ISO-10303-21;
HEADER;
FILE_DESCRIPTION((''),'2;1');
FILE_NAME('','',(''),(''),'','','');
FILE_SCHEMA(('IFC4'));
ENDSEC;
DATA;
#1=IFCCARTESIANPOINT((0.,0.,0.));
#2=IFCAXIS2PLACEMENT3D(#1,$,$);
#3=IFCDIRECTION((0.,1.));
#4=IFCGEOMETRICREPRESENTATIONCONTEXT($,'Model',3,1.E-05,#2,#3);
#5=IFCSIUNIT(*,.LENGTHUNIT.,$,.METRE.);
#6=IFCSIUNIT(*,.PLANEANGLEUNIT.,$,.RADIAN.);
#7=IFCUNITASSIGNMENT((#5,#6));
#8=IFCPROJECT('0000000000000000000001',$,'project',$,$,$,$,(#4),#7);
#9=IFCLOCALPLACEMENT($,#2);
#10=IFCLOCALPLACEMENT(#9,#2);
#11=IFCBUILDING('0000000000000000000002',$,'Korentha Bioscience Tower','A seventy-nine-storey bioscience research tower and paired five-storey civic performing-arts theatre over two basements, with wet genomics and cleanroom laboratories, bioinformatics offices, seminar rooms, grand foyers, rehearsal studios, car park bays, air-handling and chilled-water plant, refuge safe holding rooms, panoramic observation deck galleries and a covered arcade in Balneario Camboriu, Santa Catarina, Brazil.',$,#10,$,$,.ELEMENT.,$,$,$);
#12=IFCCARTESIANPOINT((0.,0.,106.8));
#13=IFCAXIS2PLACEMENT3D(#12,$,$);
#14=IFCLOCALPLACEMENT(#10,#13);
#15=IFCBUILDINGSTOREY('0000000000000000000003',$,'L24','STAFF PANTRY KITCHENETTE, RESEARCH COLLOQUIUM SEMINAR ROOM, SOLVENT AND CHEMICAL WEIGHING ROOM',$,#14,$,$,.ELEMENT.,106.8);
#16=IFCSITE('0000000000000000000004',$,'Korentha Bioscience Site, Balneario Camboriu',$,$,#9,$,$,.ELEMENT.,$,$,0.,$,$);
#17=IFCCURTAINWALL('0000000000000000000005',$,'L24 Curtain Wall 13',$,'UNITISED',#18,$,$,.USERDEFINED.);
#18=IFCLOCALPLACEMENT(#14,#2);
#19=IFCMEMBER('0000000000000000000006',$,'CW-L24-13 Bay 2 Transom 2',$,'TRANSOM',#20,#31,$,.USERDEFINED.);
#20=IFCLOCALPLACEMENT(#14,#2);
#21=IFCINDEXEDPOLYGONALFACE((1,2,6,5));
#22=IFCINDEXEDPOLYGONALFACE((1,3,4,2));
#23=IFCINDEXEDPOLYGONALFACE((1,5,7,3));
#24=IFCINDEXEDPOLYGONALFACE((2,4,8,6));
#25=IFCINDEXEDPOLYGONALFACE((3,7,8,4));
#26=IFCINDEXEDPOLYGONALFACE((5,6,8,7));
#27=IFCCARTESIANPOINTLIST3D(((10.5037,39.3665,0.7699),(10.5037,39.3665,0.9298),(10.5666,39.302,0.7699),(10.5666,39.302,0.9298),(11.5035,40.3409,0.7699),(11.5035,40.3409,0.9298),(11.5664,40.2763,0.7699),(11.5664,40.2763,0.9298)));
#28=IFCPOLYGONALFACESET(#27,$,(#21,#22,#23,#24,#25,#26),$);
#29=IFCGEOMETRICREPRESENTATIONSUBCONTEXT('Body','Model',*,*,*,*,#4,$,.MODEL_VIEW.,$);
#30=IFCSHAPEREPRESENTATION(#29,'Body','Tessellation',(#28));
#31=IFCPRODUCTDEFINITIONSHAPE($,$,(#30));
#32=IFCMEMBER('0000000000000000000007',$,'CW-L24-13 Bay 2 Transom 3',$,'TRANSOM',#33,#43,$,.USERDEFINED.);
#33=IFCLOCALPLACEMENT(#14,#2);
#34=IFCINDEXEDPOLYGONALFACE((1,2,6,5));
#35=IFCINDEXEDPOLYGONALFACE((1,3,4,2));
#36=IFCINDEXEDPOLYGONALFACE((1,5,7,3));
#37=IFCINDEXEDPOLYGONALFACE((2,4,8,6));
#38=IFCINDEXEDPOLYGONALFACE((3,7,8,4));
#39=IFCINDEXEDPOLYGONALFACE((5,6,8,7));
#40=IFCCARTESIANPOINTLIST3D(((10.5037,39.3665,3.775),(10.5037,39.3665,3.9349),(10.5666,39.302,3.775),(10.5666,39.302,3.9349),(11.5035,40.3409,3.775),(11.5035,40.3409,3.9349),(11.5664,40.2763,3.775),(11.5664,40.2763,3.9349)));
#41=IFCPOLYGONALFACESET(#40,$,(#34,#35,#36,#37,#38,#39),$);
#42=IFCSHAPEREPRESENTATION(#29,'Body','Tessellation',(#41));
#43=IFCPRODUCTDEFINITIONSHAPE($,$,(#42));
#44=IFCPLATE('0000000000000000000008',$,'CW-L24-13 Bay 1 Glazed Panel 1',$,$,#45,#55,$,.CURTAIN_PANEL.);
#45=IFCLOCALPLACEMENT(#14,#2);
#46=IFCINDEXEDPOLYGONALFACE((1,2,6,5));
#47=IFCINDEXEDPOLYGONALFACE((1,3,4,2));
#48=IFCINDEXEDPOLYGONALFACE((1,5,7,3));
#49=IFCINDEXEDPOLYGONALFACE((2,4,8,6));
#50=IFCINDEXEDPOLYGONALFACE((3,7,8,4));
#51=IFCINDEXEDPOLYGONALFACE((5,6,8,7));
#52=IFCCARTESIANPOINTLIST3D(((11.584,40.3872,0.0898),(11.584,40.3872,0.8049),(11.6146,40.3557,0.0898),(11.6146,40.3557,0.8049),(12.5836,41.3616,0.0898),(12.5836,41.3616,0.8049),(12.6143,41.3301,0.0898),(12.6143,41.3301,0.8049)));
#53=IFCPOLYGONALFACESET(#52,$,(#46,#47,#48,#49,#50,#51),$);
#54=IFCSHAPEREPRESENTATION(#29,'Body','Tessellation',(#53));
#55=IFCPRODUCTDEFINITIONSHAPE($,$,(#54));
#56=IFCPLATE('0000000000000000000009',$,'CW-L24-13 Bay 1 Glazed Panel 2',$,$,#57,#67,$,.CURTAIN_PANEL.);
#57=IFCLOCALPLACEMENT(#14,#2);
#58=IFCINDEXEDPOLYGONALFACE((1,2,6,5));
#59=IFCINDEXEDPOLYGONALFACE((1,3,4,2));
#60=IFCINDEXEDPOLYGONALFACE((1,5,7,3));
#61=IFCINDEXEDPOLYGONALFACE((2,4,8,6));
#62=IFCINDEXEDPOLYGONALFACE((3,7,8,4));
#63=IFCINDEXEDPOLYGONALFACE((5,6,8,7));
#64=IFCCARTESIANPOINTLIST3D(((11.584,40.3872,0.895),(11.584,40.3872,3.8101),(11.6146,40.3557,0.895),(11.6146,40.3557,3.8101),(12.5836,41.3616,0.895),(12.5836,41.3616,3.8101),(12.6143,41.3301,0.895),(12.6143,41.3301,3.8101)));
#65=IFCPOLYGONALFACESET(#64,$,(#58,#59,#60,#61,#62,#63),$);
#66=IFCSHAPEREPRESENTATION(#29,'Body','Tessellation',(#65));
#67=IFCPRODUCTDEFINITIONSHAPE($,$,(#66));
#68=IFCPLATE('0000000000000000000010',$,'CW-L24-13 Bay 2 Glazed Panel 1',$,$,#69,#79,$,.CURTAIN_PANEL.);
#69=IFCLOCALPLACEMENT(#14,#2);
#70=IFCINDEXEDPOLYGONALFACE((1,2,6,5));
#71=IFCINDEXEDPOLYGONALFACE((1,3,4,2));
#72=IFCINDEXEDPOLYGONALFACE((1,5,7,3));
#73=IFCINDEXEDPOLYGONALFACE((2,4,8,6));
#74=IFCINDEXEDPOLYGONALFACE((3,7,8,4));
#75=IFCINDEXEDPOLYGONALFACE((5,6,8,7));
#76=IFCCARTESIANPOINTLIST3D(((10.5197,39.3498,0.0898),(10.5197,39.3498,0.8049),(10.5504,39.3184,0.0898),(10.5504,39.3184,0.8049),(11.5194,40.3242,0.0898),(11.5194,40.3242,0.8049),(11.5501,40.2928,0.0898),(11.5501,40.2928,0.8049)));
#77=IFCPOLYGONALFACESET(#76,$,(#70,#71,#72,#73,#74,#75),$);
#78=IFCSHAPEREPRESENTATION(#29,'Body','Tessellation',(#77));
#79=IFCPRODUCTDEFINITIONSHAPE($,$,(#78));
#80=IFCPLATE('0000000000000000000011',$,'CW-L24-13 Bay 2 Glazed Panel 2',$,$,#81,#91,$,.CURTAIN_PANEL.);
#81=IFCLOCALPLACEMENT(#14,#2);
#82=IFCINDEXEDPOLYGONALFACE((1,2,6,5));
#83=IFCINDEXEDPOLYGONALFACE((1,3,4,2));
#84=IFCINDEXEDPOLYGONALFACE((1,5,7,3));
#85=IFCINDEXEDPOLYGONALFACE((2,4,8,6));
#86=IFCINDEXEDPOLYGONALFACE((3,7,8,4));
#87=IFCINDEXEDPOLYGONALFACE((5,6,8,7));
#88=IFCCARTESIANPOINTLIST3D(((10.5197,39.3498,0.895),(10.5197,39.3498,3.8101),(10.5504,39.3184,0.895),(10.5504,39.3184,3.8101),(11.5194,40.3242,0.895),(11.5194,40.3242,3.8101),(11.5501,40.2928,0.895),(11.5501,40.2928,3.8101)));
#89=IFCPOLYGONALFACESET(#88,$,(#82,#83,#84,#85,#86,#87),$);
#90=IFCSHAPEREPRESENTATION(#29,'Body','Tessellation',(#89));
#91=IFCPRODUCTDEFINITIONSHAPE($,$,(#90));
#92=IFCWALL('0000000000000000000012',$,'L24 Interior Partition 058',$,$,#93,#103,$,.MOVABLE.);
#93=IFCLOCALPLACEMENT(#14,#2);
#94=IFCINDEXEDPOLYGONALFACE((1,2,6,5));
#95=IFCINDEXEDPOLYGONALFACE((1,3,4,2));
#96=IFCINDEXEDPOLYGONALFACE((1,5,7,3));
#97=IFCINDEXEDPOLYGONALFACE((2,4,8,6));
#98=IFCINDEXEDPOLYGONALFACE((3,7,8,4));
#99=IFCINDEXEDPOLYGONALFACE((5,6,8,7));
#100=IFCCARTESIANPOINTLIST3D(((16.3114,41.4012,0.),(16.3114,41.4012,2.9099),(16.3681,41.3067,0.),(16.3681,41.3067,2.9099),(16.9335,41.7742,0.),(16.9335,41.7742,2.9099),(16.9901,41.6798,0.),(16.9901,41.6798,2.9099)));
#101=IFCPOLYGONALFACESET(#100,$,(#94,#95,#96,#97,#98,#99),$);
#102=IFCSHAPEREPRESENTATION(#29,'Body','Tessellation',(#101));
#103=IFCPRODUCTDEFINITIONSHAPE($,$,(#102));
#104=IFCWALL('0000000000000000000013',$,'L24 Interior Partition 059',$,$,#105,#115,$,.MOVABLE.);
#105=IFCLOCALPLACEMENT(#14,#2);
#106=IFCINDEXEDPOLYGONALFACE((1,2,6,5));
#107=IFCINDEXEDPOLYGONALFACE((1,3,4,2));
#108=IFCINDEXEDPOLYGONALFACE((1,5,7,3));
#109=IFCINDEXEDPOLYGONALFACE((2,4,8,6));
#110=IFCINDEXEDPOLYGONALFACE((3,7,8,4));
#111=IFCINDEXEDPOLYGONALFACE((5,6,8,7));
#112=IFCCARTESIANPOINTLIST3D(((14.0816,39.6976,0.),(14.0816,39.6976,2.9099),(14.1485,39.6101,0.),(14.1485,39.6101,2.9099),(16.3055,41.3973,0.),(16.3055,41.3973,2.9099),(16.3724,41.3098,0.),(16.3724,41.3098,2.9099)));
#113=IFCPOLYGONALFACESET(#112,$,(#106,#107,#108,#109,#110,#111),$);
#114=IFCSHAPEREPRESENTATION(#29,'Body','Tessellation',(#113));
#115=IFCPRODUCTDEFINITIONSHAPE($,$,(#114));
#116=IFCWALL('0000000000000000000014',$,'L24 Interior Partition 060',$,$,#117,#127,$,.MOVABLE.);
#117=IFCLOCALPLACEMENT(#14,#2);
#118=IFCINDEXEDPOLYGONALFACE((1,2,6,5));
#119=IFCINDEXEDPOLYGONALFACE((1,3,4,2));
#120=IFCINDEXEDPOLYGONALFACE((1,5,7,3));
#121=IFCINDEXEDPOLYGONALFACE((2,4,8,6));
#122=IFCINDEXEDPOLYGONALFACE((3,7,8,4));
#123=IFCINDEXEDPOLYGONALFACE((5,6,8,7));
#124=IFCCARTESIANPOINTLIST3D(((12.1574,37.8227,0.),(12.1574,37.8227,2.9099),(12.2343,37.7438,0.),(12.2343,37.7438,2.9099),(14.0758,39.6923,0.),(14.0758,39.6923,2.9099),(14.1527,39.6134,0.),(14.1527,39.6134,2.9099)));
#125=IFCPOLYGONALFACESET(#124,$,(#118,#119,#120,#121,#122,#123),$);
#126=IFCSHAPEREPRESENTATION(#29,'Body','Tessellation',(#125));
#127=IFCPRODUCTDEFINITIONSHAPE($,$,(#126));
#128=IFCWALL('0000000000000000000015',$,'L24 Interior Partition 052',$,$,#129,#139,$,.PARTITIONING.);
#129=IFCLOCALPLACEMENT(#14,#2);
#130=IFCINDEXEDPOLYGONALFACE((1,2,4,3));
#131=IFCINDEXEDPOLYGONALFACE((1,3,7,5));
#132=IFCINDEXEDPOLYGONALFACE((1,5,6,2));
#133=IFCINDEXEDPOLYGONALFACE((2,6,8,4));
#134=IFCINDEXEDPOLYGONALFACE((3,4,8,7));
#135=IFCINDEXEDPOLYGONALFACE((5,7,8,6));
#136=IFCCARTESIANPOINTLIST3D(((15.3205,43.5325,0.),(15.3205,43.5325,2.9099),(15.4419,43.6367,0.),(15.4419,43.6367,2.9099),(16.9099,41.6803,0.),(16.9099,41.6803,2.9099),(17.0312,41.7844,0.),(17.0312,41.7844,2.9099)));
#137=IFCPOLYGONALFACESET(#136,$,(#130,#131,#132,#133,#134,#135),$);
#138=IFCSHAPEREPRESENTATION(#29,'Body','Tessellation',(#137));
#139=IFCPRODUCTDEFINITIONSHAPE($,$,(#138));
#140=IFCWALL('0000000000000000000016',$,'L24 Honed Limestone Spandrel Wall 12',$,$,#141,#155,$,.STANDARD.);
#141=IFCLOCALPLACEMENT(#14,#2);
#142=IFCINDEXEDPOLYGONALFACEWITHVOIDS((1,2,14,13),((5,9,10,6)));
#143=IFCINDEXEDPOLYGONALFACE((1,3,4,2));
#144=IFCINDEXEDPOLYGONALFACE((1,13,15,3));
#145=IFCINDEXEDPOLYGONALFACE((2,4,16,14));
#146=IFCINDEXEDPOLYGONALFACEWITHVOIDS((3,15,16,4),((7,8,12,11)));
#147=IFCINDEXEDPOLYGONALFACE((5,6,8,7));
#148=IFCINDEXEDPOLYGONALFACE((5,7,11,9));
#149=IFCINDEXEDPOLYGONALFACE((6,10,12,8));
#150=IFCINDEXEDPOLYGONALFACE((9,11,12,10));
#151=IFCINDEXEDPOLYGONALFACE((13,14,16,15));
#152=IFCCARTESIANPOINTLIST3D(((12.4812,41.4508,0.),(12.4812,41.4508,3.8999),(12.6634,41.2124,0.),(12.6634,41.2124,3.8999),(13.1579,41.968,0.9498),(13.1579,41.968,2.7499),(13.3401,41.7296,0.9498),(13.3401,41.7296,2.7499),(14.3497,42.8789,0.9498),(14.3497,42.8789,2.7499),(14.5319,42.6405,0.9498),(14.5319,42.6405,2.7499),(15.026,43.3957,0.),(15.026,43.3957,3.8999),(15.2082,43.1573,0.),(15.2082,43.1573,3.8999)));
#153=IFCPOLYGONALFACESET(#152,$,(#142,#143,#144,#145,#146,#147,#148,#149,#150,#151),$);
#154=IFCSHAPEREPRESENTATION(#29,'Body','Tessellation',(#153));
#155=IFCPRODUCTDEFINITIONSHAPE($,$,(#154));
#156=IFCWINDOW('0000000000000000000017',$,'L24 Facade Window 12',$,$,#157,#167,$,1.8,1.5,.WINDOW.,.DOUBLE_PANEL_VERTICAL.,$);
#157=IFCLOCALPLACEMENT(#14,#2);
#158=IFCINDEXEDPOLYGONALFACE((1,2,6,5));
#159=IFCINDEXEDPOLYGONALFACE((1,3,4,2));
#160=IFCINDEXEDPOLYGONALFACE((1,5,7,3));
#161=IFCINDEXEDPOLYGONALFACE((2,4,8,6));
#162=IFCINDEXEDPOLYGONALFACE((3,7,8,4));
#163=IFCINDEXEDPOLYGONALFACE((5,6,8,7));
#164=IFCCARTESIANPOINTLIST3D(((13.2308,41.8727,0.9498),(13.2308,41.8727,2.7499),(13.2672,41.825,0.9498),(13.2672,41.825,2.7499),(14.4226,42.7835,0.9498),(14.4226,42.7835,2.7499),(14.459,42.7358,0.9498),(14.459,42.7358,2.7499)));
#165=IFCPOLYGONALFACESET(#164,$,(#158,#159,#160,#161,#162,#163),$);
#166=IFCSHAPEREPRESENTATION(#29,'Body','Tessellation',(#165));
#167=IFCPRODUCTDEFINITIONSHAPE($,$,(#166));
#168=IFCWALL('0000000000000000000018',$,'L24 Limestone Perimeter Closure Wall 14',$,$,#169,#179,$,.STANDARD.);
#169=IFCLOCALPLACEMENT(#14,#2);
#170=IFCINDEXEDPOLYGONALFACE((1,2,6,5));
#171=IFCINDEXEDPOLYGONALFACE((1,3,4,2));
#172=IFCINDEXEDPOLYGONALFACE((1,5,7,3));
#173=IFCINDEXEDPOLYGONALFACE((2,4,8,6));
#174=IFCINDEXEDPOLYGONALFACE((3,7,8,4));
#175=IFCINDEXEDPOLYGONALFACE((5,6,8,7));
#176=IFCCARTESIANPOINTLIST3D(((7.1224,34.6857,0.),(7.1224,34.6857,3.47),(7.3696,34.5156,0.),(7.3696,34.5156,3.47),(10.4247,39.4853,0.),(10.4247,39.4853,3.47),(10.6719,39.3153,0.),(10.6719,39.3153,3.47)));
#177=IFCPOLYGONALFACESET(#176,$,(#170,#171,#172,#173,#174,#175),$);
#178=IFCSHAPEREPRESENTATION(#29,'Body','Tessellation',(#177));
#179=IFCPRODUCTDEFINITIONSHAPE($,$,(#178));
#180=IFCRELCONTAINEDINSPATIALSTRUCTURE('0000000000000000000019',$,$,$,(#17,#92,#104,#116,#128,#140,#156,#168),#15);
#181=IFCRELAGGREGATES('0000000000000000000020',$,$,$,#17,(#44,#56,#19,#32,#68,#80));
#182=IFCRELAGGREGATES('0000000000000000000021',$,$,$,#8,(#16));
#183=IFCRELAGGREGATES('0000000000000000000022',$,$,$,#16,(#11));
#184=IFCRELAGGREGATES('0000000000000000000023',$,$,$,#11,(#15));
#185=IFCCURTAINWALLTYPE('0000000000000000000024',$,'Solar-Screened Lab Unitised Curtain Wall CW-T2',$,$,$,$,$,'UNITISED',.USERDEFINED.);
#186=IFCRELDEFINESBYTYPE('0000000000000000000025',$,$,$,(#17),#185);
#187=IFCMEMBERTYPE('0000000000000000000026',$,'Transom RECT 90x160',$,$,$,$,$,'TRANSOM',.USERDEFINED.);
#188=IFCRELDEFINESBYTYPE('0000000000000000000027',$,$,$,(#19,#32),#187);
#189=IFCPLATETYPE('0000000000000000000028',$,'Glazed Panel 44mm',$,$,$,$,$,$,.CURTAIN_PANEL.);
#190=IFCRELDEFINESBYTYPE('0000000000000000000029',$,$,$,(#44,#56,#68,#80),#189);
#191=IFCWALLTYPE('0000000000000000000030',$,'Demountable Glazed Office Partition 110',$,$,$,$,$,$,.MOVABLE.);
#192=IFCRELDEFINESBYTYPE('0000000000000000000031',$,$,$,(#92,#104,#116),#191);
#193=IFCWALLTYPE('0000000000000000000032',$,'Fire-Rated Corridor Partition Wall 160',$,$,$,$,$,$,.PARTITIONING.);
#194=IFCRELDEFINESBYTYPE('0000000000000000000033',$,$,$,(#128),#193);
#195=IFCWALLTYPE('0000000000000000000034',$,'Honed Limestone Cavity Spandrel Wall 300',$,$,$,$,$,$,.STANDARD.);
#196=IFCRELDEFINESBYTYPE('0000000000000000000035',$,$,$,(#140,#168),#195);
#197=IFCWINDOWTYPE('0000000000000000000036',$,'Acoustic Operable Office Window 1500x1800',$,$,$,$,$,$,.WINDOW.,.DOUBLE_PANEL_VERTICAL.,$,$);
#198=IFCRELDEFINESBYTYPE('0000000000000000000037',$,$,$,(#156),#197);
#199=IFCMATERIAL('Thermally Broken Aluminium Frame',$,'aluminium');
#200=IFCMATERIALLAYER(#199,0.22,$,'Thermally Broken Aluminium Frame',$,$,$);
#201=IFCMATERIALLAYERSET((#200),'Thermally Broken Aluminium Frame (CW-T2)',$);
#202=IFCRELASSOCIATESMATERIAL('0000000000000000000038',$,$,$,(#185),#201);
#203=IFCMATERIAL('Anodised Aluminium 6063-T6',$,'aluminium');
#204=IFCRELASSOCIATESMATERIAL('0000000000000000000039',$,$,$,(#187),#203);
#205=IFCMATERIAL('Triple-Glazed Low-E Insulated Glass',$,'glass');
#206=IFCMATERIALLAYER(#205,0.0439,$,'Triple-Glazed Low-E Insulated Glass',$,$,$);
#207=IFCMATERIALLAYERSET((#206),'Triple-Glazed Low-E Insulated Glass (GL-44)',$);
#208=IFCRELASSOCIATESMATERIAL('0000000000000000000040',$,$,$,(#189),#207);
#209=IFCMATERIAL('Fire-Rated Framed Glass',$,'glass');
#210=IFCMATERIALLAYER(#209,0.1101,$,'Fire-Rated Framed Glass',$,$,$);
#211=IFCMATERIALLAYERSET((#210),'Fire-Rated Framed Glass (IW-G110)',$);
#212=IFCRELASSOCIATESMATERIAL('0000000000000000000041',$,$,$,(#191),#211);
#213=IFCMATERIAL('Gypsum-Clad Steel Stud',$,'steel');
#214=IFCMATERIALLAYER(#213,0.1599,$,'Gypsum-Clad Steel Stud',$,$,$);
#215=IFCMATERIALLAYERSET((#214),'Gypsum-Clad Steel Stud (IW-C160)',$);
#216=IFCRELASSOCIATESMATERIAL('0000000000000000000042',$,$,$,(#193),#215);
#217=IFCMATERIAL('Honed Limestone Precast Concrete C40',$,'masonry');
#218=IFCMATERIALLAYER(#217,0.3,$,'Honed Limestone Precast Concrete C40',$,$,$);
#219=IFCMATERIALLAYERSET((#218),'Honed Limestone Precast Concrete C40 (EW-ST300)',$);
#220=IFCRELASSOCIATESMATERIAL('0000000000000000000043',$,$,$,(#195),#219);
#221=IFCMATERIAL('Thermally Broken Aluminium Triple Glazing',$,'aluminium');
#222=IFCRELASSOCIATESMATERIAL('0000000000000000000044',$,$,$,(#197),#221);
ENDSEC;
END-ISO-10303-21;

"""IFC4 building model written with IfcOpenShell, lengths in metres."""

from ifc_helpers import new_model, si_unit, direction, frame, frame_2d, origin, origin_2d, place, context, subcontext, project, spatial, rectangle, extrude, material, layer, layer_set, material_profile, profile_set, type_object, element, fill, aggregate, save


model = new_model("IFC4")

# Units and contexts
model_context = context("Model", 3, precision=1e-05, world=origin(), true_north=direction((0.0, 1.0)))
body_context = subcontext(model_context, "Body", "Model", "MODEL_VIEW")
ifc_project = project(units=[si_unit("LENGTHUNIT", "METRE"), si_unit("PLANEANGLEUNIT", "RADIAN")], contexts=[model_context])

# Site, building, storey
site_placement = place(None, origin())
site = spatial("IfcSite", under=ifc_project, at=site_placement, Name="Korentha Bioscience Site, Balneario Camboriu", CompositionType="ELEMENT", RefElevation=0.0)
building_placement = place(site_placement, origin())
building = spatial("IfcBuilding", under=site, at=building_placement, Name="Korentha Bioscience Tower", Description="A seventy-nine-storey bioscience research tower and paired five-storey civic performing-arts theatre over two basements, with wet genomics and cleanroom laboratories, bioinformatics offices, seminar rooms, grand foyers, rehearsal studios, car park bays, air-handling and chilled-water plant, refuge safe holding rooms, panoramic observation deck galleries and a covered arcade in Balneario Camboriu, Santa Catarina, Brazil.", CompositionType="ELEMENT")
storey_placement = place(building_placement, frame((0.0, 0.0, 106.8)))
storey = spatial("IfcBuildingStorey", under=building, at=storey_placement, Name="L24", Description="STAFF PANTRY KITCHENETTE, RESEARCH COLLOQUIUM SEMINAR ROOM, SOLVENT AND CHEMICAL WEIGHING ROOM", CompositionType="ELEMENT", Elevation=106.8)

# Curtain wall
ifc_material_1 = material(Name="Thermally Broken Aluminium Frame", Category="aluminium")
ifc_layer_1 = layer(ifc_material_1, 0.22, Name="Thermally Broken Aluminium Frame")
ifc_layer_set_1 = layer_set([ifc_layer_1], Name="Thermally Broken Aluminium Frame (CW-T2)")
curtain_wall_type = type_object("IfcCurtainWallType", Name="Solar-Screened Lab Unitised Curtain Wall CW-T2", ElementType="UNITISED", PredefinedType="USERDEFINED", material=ifc_layer_set_1)
curtain_wall_placement = place(storey_placement, origin())
curtain_wall = element("IfcCurtainWall", 1, at=curtain_wall_placement, inside=storey, type_object=curtain_wall_type, Name="L24 Curtain Wall 13", ObjectType="UNITISED", PredefinedType="USERDEFINED")
ifc_material_2 = material(Name="Anodised Aluminium 6063-T6", Category="aluminium")

# Members
ifc_material_profile_1 = material_profile(ifc_material_2, rectangle(XDim=0.0901, YDim=0.1599, at=origin_2d()), Name="Anodised Aluminium 6063-T6")
ifc_profile_set_1 = profile_set([ifc_material_profile_1], Name="Anodised Aluminium 6063-T6 (CW-TRN)")
member_type_1 = type_object("IfcMemberType", Name="Transom RECT 90x160", ElementType="TRANSOM", PredefinedType="USERDEFINED", material=ifc_profile_set_1)
member_1_placement = place(storey_placement, frame((11.5349, 40.3086, 0.8499), z_axis=(-0.716142, -0.697954, 0.0), x_axis=(0.697954, -0.716142, 0.0)))
member_1 = element("IfcMember", 2, at=member_1_placement, type_object=member_type_1, Name="CW-L24-13 Bay 2 Transom 2", ObjectType="TRANSOM", PredefinedType="USERDEFINED", context=body_context, shape_type="SweptSolid", body=[
    extrude(rectangle(XDim=0.0901, YDim=0.1599, at=origin_2d()), origin(), (0.0, 0.0, 1.0), 1.396),
])
member_2_placement = place(storey_placement, frame((11.5349, 40.3086, 3.855), z_axis=(-0.716142, -0.697954, 0.0), x_axis=(0.697954, -0.716142, 0.0)))
member_2 = element("IfcMember", 3, at=member_2_placement, type_object=member_type_1, Name="CW-L24-13 Bay 2 Transom 3", ObjectType="TRANSOM", PredefinedType="USERDEFINED", context=body_context, shape_type="SweptSolid", body=[
    extrude(rectangle(XDim=0.0901, YDim=0.1599, at=origin_2d()), origin(), (0.0, 0.0, 1.0), 1.396),
])

# Plates
ifc_material_3 = material(Name="Triple-Glazed Low-E Insulated Glass", Category="glass")
ifc_layer_2 = layer(ifc_material_3, 0.0439, Name="Triple-Glazed Low-E Insulated Glass")
ifc_layer_set_2 = layer_set([ifc_layer_2], Name="Triple-Glazed Low-E Insulated Glass (GL-44)")
plate_type = type_object("IfcPlateType", Name="Glazed Panel 44mm", PredefinedType="CURTAIN_PANEL", material=ifc_layer_set_2)
plate_1_placement = place(storey_placement, frame((12.0991, 40.8586, 0.0898), z_axis=(0.0, 0.0, 1.0), x_axis=(-0.716096, -0.698002, 0.0)))
plate_1 = element("IfcPlate", 4, at=plate_1_placement, type_object=plate_type, Name="CW-L24-13 Bay 1 Glazed Panel 1", PredefinedType="CURTAIN_PANEL", context=body_context, shape_type="SweptSolid", body=[
    extrude(rectangle(XDim=1.396, YDim=0.0439, at=origin_2d()), origin(), (0.0, 0.0, 1.0), 0.7151),
])
plate_2_placement = place(storey_placement, frame((12.0991, 40.8586, 0.895), z_axis=(0.0, 0.0, 1.0), x_axis=(-0.716096, -0.698002, 0.0)))
plate_2 = element("IfcPlate", 5, at=plate_2_placement, type_object=plate_type, Name="CW-L24-13 Bay 1 Glazed Panel 2", PredefinedType="CURTAIN_PANEL", context=body_context, shape_type="SweptSolid", body=[
    extrude(rectangle(XDim=1.396, YDim=0.0439, at=origin_2d()), origin(), (0.0, 0.0, 1.0), 2.915),
])
plate_3_placement = place(storey_placement, frame((11.0349, 39.8213, 0.0898), z_axis=(0.0, 0.0, 1.0), x_axis=(-0.716096, -0.698002, 0.0)))
plate_3 = element("IfcPlate", 6, at=plate_3_placement, type_object=plate_type, Name="CW-L24-13 Bay 2 Glazed Panel 1", PredefinedType="CURTAIN_PANEL", context=body_context, shape_type="SweptSolid", body=[
    extrude(rectangle(XDim=1.396, YDim=0.0439, at=origin_2d()), origin(), (0.0, 0.0, 1.0), 0.7151),
])
plate_4_placement = place(storey_placement, frame((11.0349, 39.8213, 0.895), z_axis=(0.0, 0.0, 1.0), x_axis=(-0.716096, -0.698002, 0.0)))
plate_4 = element("IfcPlate", 7, at=plate_4_placement, type_object=plate_type, Name="CW-L24-13 Bay 2 Glazed Panel 2", PredefinedType="CURTAIN_PANEL", context=body_context, shape_type="SweptSolid", body=[
    extrude(rectangle(XDim=1.396, YDim=0.0439, at=origin_2d()), origin(), (0.0, 0.0, 1.0), 2.915),
])
aggregate(curtain_wall, [plate_1, plate_2, member_1, member_2, plate_3, plate_4])

# Walls
ifc_material_4 = material(Name="Fire-Rated Framed Glass", Category="glass")
ifc_layer_3 = layer(ifc_material_4, 0.1101, Name="Fire-Rated Framed Glass")
ifc_layer_set_3 = layer_set([ifc_layer_3], Name="Fire-Rated Framed Glass (IW-G110)")
wall_type_1 = type_object("IfcWallType", Name="Demountable Glazed Office Partition 110", PredefinedType="MOVABLE", material=ifc_layer_set_3)
wall_1_placement = place(storey_placement, frame((16.9619, 41.7271, 0.0), z_axis=(0.0, 0.0, 1.0), x_axis=(-0.857612, -0.514298, 0.0)))
element("IfcWall", 8, at=wall_1_placement, inside=storey, type_object=wall_type_1, Name="L24 Interior Partition 058", PredefinedType="MOVABLE", context=body_context, shape_type="SweptSolid", body=[
    extrude(rectangle(XDim=0.7253, YDim=0.1101, at=frame_2d((0.3628, 0.0))), origin(), (0.0, 0.0, 1.0), 2.9099),
])
wall_2_placement = place(storey_placement, frame((16.3389, 41.3535, 0.0), z_axis=(0.0, 0.0, 1.0), x_axis=(-0.794514, -0.607246, 0.0)))
element("IfcWall", 9, at=wall_2_placement, inside=storey, type_object=wall_type_1, Name="L24 Interior Partition 059", PredefinedType="MOVABLE", context=body_context, shape_type="SweptSolid", body=[
    extrude(rectangle(XDim=2.7991, YDim=0.1101, at=frame_2d((1.3994, 0.0))), origin(), (0.0, 0.0, 1.0), 2.9099),
])
wall_3_placement = place(storey_placement, frame((14.1143, 39.6528, 0.0), z_axis=(0.0, 0.0, 1.0), x_axis=(-0.716162, -0.697934, 0.0)))
element("IfcWall", 10, at=wall_3_placement, inside=storey, type_object=wall_type_1, Name="L24 Interior Partition 060", PredefinedType="MOVABLE", context=body_context, shape_type="SweptSolid", body=[
    extrude(rectangle(XDim=2.6787, YDim=0.1101, at=frame_2d((1.3394, 0.0))), origin(), (0.0, 0.0, 1.0), 2.9099),
])
ifc_material_5 = material(Name="Gypsum-Clad Steel Stud", Category="steel")
ifc_layer_4 = layer(ifc_material_5, 0.1599, Name="Gypsum-Clad Steel Stud")
ifc_layer_set_4 = layer_set([ifc_layer_4], Name="Gypsum-Clad Steel Stud (IW-C160)")
wall_type_2 = type_object("IfcWallType", Name="Fire-Rated Corridor Partition Wall 160", PredefinedType="PARTITIONING", material=ifc_layer_set_4)
wall_4_placement = place(storey_placement, frame((16.9705, 41.7324, 0.0), z_axis=(0.0, 0.0, 1.0), x_axis=(-0.651187, 0.758918, 0.0)))
element("IfcWall", 11, at=wall_4_placement, inside=storey, type_object=wall_type_2, Name="L24 Interior Partition 052", PredefinedType="PARTITIONING", context=body_context, shape_type="SweptSolid", body=[
    extrude(rectangle(XDim=2.4407, YDim=0.1599, at=frame_2d((1.2202, 0.0))), origin(), (0.0, 0.0, 1.0), 2.9099),
])

# Wall, opening, window
ifc_material_6 = material(Name="Honed Limestone Precast Concrete C40", Category="masonry")
ifc_layer_5 = layer(ifc_material_6, 0.3, Name="Honed Limestone Precast Concrete C40")
ifc_layer_set_5 = layer_set([ifc_layer_5], Name="Honed Limestone Precast Concrete C40 (EW-ST300)")
wall_type_3 = type_object("IfcWallType", Name="Honed Limestone Cavity Spandrel Wall 300", PredefinedType="STANDARD", material=ifc_layer_set_5)
wall_5_placement = place(storey_placement, frame((15.1172, 43.2766, 0.0), z_axis=(0.0, 0.0, 1.0), x_axis=(-0.794524, -0.607232, 0.0)))
wall_5 = element("IfcWall", 12, at=wall_5_placement, inside=storey, type_object=wall_type_3, Name="L24 Honed Limestone Spandrel Wall 12", PredefinedType="STANDARD", context=body_context, shape_type="SweptSolid", body=[
    extrude(rectangle(XDim=3.2029, YDim=0.3, at=frame_2d((1.6016, 0.0))), origin(), (0.0, 0.0, 1.0), 3.8999),
])
opening_placement = place(wall_5_placement, frame((0.8513, 0.0, 0.95)))
opening = element("IfcOpeningElement", 13, at=opening_placement, cuts=wall_5, PredefinedType="OPENING", context=body_context, shape_type="SweptSolid", body=[
    extrude(rectangle(XDim=1.5, YDim=1.8, at=frame_2d((0.75, 0.8999))), frame((0.0, 0.165, 0.0), z_axis=(0.0, -1.0, 0.0), x_axis=(1.0, 0.0, 0.0)), (0.0, 0.0, 1.0), 0.3298),
])
ifc_material_7 = material(Name="Thermally Broken Aluminium Triple Glazing", Category="aluminium")
window_type = type_object("IfcWindowType", Name="Acoustic Operable Office Window 1500x1800", PartitioningType="DOUBLE_PANEL_VERTICAL", PredefinedType="WINDOW", material=ifc_material_7)
window_placement = place(opening_placement, origin())
window = element("IfcWindow", 14, at=window_placement, inside=storey, type_object=window_type, Name="L24 Facade Window 12", OverallHeight=1.8, OverallWidth=1.5, PartitioningType="DOUBLE_PANEL_VERTICAL", PredefinedType="WINDOW", context=body_context, shape_type="SweptSolid", body=[
    extrude(rectangle(XDim=1.5, YDim=1.8, at=frame_2d((0.75, 0.8999))), frame((0.0, 0.03, 0.0), z_axis=(0.0, -1.0, 0.0), x_axis=(1.0, 0.0, 0.0)), (0.0, 0.0, 1.0), 0.0601),
])
fill(opening, window)

# Wall
wall_6_placement = place(storey_placement, frame((10.5483, 39.4004, 0.0), z_axis=(0.0, 0.0, 1.0), x_axis=(-0.566826, -0.823838, 0.0)))
element("IfcWall", 15, at=wall_6_placement, inside=storey, type_object=wall_type_3, Name="L24 Limestone Perimeter Closure Wall 14", PredefinedType="STANDARD", context=body_context, shape_type="SweptSolid", body=[
    extrude(rectangle(XDim=5.8259, YDim=0.3, at=frame_2d((2.9131, 0.0))), origin(), (0.0, 0.0, 1.0), 3.47),
])

save(model, "model.ifc")
